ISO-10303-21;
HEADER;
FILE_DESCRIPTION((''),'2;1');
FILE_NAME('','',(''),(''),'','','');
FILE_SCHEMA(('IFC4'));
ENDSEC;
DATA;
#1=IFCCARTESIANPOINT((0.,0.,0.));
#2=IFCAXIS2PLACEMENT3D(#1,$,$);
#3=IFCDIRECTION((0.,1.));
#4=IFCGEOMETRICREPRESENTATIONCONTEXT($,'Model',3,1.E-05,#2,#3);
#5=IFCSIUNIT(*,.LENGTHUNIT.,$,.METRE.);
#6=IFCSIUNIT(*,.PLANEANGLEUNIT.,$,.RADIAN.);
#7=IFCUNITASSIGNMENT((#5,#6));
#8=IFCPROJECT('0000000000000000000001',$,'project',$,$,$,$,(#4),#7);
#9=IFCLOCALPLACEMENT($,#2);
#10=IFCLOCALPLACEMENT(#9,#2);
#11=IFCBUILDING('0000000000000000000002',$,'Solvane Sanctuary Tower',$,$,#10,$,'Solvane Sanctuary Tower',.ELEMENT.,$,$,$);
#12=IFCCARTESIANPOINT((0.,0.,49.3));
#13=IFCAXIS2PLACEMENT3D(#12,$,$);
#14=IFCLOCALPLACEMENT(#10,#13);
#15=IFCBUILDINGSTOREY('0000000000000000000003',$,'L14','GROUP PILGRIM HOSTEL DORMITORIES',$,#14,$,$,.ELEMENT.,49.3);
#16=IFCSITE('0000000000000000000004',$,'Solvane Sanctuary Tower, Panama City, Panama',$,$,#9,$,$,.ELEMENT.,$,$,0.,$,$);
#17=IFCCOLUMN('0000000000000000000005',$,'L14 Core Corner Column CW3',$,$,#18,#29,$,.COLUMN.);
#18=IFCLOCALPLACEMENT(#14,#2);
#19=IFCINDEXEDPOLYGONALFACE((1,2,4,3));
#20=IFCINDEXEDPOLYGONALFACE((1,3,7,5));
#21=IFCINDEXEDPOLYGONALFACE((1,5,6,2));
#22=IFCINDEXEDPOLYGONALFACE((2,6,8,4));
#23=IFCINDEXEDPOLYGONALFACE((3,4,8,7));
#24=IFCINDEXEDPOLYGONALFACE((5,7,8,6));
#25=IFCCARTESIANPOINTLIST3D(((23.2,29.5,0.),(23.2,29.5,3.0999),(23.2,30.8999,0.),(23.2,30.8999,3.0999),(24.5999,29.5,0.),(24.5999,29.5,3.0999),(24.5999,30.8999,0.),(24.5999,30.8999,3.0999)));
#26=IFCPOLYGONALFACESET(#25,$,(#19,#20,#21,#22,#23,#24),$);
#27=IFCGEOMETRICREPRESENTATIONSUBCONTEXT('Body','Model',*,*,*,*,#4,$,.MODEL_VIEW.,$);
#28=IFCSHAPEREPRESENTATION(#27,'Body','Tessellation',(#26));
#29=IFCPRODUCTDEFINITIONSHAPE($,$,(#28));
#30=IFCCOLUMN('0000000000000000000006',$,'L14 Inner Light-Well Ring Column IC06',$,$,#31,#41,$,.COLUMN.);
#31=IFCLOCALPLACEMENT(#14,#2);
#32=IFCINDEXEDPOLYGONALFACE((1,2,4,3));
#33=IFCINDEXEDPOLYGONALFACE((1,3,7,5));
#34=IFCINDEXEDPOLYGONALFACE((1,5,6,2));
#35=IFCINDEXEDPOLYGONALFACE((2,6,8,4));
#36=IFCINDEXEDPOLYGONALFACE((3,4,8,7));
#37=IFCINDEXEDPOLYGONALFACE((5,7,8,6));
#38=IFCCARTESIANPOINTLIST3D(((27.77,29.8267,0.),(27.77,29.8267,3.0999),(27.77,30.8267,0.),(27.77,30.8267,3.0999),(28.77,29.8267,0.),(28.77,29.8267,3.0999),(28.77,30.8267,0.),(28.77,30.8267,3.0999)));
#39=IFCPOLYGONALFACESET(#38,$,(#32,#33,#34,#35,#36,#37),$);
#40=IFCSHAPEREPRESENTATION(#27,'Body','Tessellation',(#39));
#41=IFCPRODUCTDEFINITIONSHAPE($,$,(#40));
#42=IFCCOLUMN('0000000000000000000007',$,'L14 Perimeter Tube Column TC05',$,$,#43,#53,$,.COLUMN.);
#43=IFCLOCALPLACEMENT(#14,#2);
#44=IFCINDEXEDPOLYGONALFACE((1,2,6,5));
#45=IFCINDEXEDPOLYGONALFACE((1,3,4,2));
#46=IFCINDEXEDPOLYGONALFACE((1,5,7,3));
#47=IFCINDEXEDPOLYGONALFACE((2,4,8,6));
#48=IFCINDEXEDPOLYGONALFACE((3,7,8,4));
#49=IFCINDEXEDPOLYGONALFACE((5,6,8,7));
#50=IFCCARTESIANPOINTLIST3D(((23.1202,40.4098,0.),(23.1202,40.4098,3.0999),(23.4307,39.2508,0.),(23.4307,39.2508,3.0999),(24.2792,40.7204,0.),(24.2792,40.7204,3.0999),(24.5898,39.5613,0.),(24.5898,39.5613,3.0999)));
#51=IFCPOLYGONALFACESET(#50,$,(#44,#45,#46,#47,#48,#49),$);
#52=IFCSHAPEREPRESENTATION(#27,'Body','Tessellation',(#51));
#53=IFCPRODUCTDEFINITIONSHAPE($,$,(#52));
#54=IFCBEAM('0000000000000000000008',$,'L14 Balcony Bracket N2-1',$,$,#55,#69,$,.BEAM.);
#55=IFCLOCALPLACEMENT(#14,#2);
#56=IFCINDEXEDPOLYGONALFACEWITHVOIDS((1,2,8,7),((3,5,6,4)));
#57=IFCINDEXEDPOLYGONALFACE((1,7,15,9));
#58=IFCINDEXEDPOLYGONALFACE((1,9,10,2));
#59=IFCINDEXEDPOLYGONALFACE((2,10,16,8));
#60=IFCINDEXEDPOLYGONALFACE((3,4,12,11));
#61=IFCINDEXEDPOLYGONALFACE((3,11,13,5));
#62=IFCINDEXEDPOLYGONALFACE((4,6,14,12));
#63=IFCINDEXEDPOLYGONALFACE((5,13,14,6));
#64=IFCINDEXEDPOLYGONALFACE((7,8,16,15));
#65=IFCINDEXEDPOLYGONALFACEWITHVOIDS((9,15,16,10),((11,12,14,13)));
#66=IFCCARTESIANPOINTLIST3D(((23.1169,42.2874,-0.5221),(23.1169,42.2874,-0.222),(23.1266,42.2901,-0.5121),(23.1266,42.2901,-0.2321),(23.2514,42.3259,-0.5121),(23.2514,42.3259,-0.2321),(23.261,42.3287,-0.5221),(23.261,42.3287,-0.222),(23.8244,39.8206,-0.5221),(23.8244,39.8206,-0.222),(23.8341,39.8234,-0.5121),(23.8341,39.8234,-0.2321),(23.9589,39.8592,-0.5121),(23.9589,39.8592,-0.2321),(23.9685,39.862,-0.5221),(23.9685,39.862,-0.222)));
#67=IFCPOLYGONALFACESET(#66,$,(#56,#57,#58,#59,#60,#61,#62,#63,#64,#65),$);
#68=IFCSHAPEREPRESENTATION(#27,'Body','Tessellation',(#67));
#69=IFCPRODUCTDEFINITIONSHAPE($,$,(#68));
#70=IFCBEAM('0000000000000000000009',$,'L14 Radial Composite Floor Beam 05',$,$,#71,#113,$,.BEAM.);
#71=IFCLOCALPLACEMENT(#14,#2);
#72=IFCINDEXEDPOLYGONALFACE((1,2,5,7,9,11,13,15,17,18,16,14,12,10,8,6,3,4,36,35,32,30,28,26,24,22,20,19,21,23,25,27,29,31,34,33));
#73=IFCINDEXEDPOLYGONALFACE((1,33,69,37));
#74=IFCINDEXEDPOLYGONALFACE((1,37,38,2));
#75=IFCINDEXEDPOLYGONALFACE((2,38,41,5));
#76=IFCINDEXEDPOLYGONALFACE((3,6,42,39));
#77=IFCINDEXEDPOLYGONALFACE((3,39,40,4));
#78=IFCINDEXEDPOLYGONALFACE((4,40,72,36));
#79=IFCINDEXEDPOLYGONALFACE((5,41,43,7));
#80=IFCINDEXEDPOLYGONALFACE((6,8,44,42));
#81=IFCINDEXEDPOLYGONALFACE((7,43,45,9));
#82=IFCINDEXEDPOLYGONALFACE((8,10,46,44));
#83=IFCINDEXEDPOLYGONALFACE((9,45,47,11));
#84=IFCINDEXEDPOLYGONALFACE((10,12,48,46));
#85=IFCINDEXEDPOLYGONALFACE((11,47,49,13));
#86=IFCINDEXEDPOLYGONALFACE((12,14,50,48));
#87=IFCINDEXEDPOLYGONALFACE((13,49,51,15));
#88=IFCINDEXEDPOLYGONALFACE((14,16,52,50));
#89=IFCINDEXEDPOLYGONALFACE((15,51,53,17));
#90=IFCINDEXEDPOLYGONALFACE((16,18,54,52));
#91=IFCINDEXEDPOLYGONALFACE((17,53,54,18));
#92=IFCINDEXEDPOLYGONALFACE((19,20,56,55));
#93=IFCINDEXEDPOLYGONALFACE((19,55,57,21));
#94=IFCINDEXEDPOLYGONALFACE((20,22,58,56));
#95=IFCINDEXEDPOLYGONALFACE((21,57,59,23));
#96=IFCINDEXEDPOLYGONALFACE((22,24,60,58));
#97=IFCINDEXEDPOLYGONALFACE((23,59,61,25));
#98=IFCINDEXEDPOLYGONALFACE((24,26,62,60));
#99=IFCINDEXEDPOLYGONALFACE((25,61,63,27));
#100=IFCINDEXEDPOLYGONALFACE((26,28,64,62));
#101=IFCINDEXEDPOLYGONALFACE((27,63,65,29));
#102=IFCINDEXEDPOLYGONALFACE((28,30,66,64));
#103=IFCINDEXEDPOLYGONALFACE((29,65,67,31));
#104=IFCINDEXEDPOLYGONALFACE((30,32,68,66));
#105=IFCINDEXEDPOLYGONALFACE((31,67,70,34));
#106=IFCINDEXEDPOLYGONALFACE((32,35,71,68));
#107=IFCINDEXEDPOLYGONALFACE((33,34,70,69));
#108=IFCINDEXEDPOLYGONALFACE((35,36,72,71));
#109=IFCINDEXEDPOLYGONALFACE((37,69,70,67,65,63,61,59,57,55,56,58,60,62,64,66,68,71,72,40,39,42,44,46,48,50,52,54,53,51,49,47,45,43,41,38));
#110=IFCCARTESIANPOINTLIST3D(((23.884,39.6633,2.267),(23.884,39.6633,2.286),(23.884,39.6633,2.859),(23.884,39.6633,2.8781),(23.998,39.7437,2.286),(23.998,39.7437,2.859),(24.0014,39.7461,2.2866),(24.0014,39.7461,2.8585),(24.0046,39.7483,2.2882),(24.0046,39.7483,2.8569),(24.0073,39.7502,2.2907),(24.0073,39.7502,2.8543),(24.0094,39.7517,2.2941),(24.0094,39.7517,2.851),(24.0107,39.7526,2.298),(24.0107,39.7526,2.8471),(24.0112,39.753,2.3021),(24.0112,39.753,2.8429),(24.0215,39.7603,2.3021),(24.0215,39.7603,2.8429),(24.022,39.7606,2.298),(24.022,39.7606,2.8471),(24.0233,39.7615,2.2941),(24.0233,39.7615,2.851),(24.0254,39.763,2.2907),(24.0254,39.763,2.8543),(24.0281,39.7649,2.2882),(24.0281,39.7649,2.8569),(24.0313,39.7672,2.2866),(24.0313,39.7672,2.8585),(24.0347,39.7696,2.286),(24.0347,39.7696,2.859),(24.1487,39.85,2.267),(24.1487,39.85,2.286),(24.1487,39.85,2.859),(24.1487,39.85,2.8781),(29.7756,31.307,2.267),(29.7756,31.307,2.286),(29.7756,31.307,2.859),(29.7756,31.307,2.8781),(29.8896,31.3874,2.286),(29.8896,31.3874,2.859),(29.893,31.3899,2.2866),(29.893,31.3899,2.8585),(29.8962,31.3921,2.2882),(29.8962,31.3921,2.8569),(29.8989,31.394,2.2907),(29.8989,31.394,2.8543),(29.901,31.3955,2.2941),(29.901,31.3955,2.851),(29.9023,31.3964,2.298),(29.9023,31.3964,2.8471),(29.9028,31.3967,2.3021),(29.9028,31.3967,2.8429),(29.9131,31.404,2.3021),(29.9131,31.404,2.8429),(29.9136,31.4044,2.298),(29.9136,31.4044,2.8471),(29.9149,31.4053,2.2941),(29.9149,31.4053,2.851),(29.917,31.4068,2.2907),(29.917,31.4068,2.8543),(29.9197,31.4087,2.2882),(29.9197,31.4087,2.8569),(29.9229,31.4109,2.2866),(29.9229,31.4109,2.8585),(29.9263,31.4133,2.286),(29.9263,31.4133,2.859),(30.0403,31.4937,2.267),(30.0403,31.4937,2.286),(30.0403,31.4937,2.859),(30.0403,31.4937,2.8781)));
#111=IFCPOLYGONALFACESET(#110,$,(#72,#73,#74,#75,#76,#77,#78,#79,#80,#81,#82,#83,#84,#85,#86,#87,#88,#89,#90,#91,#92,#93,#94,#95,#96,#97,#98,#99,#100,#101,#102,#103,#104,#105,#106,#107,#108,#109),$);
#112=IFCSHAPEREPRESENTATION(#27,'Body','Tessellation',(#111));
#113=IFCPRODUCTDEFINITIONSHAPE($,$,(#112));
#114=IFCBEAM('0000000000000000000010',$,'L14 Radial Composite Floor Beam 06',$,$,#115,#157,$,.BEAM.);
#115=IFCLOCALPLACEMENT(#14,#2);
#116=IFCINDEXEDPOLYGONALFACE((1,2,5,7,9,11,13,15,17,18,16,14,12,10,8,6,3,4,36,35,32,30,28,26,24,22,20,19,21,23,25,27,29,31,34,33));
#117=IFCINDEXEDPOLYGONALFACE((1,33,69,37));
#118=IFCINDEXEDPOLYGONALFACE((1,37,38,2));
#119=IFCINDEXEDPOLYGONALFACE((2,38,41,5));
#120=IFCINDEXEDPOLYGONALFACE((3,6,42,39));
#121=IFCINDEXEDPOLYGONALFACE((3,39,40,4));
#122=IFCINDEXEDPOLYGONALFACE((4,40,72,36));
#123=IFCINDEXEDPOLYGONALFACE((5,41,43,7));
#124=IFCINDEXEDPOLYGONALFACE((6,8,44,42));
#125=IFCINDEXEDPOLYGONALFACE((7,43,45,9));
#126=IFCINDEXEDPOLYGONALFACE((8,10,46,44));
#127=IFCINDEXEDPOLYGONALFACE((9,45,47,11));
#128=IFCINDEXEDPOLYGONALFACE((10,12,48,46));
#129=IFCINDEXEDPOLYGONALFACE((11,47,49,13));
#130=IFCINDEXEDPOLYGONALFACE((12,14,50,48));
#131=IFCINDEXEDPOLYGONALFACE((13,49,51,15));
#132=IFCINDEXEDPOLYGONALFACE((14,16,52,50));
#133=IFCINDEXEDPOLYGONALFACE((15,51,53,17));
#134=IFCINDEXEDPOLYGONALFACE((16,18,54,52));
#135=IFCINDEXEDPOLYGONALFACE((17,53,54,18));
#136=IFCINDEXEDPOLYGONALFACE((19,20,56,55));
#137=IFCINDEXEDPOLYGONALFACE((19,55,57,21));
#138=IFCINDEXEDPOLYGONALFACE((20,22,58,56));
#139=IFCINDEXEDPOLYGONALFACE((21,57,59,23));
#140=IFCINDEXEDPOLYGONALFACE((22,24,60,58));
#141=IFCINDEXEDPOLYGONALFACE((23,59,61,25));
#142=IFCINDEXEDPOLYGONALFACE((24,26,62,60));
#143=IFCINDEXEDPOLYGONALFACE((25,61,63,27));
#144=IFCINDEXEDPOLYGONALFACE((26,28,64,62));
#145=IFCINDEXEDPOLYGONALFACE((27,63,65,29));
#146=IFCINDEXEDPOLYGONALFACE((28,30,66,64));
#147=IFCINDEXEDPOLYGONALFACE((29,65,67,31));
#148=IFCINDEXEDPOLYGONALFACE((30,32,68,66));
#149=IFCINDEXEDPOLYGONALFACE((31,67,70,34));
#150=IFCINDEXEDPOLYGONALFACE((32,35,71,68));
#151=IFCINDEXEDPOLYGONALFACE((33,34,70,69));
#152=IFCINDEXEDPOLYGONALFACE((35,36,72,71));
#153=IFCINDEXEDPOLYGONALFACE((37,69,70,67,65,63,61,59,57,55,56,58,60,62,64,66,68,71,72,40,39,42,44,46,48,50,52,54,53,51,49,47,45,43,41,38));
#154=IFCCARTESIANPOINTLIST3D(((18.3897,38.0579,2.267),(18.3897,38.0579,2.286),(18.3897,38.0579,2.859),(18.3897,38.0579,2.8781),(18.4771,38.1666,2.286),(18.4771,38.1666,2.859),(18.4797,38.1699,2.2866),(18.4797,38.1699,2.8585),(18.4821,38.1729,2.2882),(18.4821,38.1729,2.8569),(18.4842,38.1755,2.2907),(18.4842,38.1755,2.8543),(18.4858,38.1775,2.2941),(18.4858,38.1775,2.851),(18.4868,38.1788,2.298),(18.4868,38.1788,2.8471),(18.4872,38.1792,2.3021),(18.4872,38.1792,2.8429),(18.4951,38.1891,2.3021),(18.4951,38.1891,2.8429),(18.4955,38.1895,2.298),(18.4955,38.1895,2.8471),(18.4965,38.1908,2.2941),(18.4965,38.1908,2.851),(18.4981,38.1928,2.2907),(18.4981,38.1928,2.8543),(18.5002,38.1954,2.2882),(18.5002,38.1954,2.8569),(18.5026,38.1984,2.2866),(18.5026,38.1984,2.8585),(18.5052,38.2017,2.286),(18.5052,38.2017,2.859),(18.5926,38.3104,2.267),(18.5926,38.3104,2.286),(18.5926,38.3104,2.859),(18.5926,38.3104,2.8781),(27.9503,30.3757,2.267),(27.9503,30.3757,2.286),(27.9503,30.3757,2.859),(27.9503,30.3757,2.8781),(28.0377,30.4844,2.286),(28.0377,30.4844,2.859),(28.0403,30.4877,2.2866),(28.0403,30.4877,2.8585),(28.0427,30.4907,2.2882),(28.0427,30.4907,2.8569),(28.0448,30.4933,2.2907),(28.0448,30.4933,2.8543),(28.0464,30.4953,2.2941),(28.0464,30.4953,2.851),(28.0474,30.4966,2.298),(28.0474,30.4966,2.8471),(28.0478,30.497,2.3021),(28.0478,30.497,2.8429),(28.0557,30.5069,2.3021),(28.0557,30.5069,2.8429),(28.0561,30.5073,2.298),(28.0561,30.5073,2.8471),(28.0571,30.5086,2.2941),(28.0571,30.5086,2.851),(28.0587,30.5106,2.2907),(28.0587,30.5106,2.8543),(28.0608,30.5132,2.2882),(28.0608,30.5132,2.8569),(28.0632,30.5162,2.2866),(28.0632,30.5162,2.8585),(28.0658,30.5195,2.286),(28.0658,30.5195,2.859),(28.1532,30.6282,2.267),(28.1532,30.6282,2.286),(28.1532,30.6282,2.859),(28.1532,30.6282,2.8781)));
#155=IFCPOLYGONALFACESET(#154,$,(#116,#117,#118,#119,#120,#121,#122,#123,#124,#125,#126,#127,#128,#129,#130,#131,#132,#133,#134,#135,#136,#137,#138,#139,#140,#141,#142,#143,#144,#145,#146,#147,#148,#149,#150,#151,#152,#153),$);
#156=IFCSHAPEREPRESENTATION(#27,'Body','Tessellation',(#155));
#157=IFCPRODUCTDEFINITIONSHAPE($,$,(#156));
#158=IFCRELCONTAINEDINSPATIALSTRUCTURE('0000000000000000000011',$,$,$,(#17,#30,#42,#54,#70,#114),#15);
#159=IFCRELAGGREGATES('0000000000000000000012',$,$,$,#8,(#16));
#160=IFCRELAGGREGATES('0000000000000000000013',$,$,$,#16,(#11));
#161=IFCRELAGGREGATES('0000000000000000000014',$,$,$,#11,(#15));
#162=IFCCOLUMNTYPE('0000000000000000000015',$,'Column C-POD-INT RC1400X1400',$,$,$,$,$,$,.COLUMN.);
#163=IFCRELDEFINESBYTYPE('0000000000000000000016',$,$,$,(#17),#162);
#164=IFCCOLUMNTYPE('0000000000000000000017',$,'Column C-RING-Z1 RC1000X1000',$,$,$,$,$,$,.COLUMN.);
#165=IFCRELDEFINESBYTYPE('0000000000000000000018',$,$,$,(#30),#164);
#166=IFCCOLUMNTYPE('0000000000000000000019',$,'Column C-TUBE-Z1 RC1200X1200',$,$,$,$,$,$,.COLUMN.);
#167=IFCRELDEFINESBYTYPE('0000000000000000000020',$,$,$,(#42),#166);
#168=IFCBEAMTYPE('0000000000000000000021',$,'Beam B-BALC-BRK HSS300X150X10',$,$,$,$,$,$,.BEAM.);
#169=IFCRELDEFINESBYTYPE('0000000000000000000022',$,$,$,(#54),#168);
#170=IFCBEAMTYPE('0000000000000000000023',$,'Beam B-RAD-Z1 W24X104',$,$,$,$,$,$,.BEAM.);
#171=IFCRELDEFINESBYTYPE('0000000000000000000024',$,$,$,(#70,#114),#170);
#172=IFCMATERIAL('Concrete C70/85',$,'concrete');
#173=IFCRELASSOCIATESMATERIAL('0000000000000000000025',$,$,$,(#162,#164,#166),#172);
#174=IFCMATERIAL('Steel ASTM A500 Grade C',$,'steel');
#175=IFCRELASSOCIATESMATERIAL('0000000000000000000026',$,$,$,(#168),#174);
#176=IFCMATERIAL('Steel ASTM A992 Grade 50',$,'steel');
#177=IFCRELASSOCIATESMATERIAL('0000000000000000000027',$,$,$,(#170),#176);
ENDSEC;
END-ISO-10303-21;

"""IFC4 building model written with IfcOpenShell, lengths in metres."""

from ifc_helpers import new_model, si_unit, direction, frame, origin, origin_2d, place, context, subcontext, project, spatial, rectangle, hollow_rectangle, i_section, extrude, material, material_profile, profile_set, type_object, element, save


model = new_model("IFC4")

# Units and contexts
model_context = context("Model", 3, precision=1e-05, world=origin(), true_north=direction((0.0, 1.0)))
body_context = subcontext(model_context, "Body", "Model", "MODEL_VIEW")
ifc_project = project(units=[si_unit("LENGTHUNIT", "METRE"), si_unit("PLANEANGLEUNIT", "RADIAN")], contexts=[model_context])

# Site, building, storey
site_placement = place(None, origin())
site = spatial("IfcSite", under=ifc_project, at=site_placement, Name="Solvane Sanctuary Tower, Panama City, Panama", CompositionType="ELEMENT", RefElevation=0.0)
building_placement = place(site_placement, origin())
building = spatial("IfcBuilding", under=site, at=building_placement, Name="Solvane Sanctuary Tower", LongName="Solvane Sanctuary Tower", CompositionType="ELEMENT")
storey_placement = place(building_placement, frame((0.0, 0.0, 49.3)))
storey = spatial("IfcBuildingStorey", under=building, at=storey_placement, Name="L14", Description="GROUP PILGRIM HOSTEL DORMITORIES", CompositionType="ELEMENT", Elevation=49.3)

# Columns
ifc_material_1 = material(Name="Concrete C70/85", Category="concrete")
ifc_material_profile_1 = material_profile(ifc_material_1, rectangle(XDim=1.3999, YDim=1.3999, at=origin_2d()), Name="RC1400X1400")
ifc_profile_set_1 = profile_set([ifc_material_profile_1], Name="Concrete C70/85")
column_type_1 = type_object("IfcColumnType", Name="Column C-POD-INT RC1400X1400", PredefinedType="COLUMN", material=ifc_profile_set_1)
column_1_placement = place(storey_placement, frame((23.8999, 30.2, 0.0), z_axis=(0.0, 0.0, 1.0), x_axis=(1.0, 0.0, 0.0)))
element("IfcColumn", 1, at=column_1_placement, inside=storey, type_object=column_type_1, Name="L14 Core Corner Column CW3", PredefinedType="COLUMN", context=body_context, shape_type="SweptSolid", body=[
    extrude(rectangle(XDim=1.3999, YDim=1.3999, at=origin_2d()), origin(), (0.0, 0.0, 1.0), 3.0999),
])
ifc_material_profile_2 = material_profile(ifc_material_1, rectangle(XDim=1.0, YDim=1.0, at=origin_2d()), Name="RC1000X1000")
ifc_profile_set_2 = profile_set([ifc_material_profile_2], Name="Concrete C70/85")
column_type_2 = type_object("IfcColumnType", Name="Column C-RING-Z1 RC1000X1000", PredefinedType="COLUMN", material=ifc_profile_set_2)
column_2_placement = place(storey_placement, frame((28.27, 30.3267, 0.0), z_axis=(0.0, 0.0, 1.0), x_axis=(1.0, 0.0, 0.0)))
element("IfcColumn", 2, at=column_2_placement, inside=storey, type_object=column_type_2, Name="L14 Inner Light-Well Ring Column IC06", PredefinedType="COLUMN", context=body_context, shape_type="SweptSolid", body=[
    extrude(rectangle(XDim=1.0, YDim=1.0, at=origin_2d()), origin(), (0.0, 0.0, 1.0), 3.0999),
])
ifc_material_profile_3 = material_profile(ifc_material_1, rectangle(XDim=1.2, YDim=1.2, at=origin_2d()), Name="RC1200X1200")
ifc_profile_set_3 = profile_set([ifc_material_profile_3], Name="Concrete C70/85")
column_type_3 = type_object("IfcColumnType", Name="Column C-TUBE-Z1 RC1200X1200", PredefinedType="COLUMN", material=ifc_profile_set_3)
column_3_placement = place(storey_placement, frame((23.855, 39.9856, 0.0), z_axis=(0.0, 0.0, 1.0), x_axis=(-0.258819, 0.965926, 0.0)))
element("IfcColumn", 3, at=column_3_placement, inside=storey, type_object=column_type_3, Name="L14 Perimeter Tube Column TC05", PredefinedType="COLUMN", context=body_context, shape_type="SweptSolid", body=[
    extrude(rectangle(XDim=1.2, YDim=1.2, at=origin_2d()), origin(), (0.0, 0.0, 1.0), 3.0999),
])

# Beams
ifc_material_2 = material(Name="Steel ASTM A500 Grade C", Category="steel")
ifc_material_profile_4 = material_profile(ifc_material_2, hollow_rectangle(XDim=0.1499, YDim=0.3, WallThickness=0.01, at=origin_2d()), Name="HSS300X150X10")
ifc_profile_set_4 = profile_set([ifc_material_profile_4], Name="Steel ASTM A500 Grade C")
beam_type_1 = type_object("IfcBeamType", Name="Beam B-BALC-BRK HSS300X150X10", PredefinedType="BEAM", material=ifc_profile_set_4)
beam_1_placement = place(storey_placement, frame((23.8965, 39.8413, -0.3721), z_axis=(-0.275701, 0.961243, 0.0), x_axis=(-0.961243, -0.275701, 0.0)))
element("IfcBeam", 4, at=beam_1_placement, inside=storey, type_object=beam_type_1, Name="L14 Balcony Bracket N2-1", PredefinedType="BEAM", context=body_context, shape_type="SweptSolid", body=[
    extrude(hollow_rectangle(XDim=0.1499, YDim=0.3, WallThickness=0.01, at=origin_2d()), origin(), (0.0, 0.0, 1.0), 2.5662),
])
ifc_material_3 = material(Name="Steel ASTM A992 Grade 50", Category="steel")
ifc_material_profile_5 = material_profile(ifc_material_3, i_section(OverallWidth=0.324, OverallDepth=0.6111, WebThickness=0.0127, FlangeThickness=0.019, FilletRadius=0.0161, at=origin_2d()), Name="W24X104")
ifc_profile_set_5 = profile_set([ifc_material_profile_5], Name="Steel ASTM A992 Grade 50")
beam_type_2 = type_object("IfcBeamType", Name="Beam B-RAD-Z1 W24X104", PredefinedType="BEAM", material=ifc_profile_set_5)
beam_2_placement = place(storey_placement, frame((29.908, 31.4004, 2.5725), z_axis=(-0.576233, 0.817285, 0.0), x_axis=(-0.817285, -0.576233, 0.0)))
element("IfcBeam", 5, at=beam_2_placement, inside=storey, type_object=beam_type_2, Name="L14 Radial Composite Floor Beam 05", PredefinedType="BEAM", context=body_context, shape_type="SweptSolid", body=[
    extrude(i_section(OverallWidth=0.324, OverallDepth=0.6111, WebThickness=0.0127, FlangeThickness=0.019, FilletRadius=0.0161, at=origin_2d()), origin(), (0.0, 0.0, 1.0), 10.2244),
])
beam_3_placement = place(storey_placement, frame((28.0518, 30.502, 2.5725), z_axis=(-0.779527, 0.626369, 0.0), x_axis=(-0.626369, -0.779527, 0.0)))
element("IfcBeam", 6, at=beam_3_placement, inside=storey, type_object=beam_type_2, Name="L14 Radial Composite Floor Beam 06", PredefinedType="BEAM", context=body_context, shape_type="SweptSolid", body=[
    extrude(i_section(OverallWidth=0.324, OverallDepth=0.6111, WebThickness=0.0127, FlangeThickness=0.019, FilletRadius=0.0161, at=origin_2d()), origin(), (0.0, 0.0, 1.0), 12.2646),
])

save(model, "model.ifc")
